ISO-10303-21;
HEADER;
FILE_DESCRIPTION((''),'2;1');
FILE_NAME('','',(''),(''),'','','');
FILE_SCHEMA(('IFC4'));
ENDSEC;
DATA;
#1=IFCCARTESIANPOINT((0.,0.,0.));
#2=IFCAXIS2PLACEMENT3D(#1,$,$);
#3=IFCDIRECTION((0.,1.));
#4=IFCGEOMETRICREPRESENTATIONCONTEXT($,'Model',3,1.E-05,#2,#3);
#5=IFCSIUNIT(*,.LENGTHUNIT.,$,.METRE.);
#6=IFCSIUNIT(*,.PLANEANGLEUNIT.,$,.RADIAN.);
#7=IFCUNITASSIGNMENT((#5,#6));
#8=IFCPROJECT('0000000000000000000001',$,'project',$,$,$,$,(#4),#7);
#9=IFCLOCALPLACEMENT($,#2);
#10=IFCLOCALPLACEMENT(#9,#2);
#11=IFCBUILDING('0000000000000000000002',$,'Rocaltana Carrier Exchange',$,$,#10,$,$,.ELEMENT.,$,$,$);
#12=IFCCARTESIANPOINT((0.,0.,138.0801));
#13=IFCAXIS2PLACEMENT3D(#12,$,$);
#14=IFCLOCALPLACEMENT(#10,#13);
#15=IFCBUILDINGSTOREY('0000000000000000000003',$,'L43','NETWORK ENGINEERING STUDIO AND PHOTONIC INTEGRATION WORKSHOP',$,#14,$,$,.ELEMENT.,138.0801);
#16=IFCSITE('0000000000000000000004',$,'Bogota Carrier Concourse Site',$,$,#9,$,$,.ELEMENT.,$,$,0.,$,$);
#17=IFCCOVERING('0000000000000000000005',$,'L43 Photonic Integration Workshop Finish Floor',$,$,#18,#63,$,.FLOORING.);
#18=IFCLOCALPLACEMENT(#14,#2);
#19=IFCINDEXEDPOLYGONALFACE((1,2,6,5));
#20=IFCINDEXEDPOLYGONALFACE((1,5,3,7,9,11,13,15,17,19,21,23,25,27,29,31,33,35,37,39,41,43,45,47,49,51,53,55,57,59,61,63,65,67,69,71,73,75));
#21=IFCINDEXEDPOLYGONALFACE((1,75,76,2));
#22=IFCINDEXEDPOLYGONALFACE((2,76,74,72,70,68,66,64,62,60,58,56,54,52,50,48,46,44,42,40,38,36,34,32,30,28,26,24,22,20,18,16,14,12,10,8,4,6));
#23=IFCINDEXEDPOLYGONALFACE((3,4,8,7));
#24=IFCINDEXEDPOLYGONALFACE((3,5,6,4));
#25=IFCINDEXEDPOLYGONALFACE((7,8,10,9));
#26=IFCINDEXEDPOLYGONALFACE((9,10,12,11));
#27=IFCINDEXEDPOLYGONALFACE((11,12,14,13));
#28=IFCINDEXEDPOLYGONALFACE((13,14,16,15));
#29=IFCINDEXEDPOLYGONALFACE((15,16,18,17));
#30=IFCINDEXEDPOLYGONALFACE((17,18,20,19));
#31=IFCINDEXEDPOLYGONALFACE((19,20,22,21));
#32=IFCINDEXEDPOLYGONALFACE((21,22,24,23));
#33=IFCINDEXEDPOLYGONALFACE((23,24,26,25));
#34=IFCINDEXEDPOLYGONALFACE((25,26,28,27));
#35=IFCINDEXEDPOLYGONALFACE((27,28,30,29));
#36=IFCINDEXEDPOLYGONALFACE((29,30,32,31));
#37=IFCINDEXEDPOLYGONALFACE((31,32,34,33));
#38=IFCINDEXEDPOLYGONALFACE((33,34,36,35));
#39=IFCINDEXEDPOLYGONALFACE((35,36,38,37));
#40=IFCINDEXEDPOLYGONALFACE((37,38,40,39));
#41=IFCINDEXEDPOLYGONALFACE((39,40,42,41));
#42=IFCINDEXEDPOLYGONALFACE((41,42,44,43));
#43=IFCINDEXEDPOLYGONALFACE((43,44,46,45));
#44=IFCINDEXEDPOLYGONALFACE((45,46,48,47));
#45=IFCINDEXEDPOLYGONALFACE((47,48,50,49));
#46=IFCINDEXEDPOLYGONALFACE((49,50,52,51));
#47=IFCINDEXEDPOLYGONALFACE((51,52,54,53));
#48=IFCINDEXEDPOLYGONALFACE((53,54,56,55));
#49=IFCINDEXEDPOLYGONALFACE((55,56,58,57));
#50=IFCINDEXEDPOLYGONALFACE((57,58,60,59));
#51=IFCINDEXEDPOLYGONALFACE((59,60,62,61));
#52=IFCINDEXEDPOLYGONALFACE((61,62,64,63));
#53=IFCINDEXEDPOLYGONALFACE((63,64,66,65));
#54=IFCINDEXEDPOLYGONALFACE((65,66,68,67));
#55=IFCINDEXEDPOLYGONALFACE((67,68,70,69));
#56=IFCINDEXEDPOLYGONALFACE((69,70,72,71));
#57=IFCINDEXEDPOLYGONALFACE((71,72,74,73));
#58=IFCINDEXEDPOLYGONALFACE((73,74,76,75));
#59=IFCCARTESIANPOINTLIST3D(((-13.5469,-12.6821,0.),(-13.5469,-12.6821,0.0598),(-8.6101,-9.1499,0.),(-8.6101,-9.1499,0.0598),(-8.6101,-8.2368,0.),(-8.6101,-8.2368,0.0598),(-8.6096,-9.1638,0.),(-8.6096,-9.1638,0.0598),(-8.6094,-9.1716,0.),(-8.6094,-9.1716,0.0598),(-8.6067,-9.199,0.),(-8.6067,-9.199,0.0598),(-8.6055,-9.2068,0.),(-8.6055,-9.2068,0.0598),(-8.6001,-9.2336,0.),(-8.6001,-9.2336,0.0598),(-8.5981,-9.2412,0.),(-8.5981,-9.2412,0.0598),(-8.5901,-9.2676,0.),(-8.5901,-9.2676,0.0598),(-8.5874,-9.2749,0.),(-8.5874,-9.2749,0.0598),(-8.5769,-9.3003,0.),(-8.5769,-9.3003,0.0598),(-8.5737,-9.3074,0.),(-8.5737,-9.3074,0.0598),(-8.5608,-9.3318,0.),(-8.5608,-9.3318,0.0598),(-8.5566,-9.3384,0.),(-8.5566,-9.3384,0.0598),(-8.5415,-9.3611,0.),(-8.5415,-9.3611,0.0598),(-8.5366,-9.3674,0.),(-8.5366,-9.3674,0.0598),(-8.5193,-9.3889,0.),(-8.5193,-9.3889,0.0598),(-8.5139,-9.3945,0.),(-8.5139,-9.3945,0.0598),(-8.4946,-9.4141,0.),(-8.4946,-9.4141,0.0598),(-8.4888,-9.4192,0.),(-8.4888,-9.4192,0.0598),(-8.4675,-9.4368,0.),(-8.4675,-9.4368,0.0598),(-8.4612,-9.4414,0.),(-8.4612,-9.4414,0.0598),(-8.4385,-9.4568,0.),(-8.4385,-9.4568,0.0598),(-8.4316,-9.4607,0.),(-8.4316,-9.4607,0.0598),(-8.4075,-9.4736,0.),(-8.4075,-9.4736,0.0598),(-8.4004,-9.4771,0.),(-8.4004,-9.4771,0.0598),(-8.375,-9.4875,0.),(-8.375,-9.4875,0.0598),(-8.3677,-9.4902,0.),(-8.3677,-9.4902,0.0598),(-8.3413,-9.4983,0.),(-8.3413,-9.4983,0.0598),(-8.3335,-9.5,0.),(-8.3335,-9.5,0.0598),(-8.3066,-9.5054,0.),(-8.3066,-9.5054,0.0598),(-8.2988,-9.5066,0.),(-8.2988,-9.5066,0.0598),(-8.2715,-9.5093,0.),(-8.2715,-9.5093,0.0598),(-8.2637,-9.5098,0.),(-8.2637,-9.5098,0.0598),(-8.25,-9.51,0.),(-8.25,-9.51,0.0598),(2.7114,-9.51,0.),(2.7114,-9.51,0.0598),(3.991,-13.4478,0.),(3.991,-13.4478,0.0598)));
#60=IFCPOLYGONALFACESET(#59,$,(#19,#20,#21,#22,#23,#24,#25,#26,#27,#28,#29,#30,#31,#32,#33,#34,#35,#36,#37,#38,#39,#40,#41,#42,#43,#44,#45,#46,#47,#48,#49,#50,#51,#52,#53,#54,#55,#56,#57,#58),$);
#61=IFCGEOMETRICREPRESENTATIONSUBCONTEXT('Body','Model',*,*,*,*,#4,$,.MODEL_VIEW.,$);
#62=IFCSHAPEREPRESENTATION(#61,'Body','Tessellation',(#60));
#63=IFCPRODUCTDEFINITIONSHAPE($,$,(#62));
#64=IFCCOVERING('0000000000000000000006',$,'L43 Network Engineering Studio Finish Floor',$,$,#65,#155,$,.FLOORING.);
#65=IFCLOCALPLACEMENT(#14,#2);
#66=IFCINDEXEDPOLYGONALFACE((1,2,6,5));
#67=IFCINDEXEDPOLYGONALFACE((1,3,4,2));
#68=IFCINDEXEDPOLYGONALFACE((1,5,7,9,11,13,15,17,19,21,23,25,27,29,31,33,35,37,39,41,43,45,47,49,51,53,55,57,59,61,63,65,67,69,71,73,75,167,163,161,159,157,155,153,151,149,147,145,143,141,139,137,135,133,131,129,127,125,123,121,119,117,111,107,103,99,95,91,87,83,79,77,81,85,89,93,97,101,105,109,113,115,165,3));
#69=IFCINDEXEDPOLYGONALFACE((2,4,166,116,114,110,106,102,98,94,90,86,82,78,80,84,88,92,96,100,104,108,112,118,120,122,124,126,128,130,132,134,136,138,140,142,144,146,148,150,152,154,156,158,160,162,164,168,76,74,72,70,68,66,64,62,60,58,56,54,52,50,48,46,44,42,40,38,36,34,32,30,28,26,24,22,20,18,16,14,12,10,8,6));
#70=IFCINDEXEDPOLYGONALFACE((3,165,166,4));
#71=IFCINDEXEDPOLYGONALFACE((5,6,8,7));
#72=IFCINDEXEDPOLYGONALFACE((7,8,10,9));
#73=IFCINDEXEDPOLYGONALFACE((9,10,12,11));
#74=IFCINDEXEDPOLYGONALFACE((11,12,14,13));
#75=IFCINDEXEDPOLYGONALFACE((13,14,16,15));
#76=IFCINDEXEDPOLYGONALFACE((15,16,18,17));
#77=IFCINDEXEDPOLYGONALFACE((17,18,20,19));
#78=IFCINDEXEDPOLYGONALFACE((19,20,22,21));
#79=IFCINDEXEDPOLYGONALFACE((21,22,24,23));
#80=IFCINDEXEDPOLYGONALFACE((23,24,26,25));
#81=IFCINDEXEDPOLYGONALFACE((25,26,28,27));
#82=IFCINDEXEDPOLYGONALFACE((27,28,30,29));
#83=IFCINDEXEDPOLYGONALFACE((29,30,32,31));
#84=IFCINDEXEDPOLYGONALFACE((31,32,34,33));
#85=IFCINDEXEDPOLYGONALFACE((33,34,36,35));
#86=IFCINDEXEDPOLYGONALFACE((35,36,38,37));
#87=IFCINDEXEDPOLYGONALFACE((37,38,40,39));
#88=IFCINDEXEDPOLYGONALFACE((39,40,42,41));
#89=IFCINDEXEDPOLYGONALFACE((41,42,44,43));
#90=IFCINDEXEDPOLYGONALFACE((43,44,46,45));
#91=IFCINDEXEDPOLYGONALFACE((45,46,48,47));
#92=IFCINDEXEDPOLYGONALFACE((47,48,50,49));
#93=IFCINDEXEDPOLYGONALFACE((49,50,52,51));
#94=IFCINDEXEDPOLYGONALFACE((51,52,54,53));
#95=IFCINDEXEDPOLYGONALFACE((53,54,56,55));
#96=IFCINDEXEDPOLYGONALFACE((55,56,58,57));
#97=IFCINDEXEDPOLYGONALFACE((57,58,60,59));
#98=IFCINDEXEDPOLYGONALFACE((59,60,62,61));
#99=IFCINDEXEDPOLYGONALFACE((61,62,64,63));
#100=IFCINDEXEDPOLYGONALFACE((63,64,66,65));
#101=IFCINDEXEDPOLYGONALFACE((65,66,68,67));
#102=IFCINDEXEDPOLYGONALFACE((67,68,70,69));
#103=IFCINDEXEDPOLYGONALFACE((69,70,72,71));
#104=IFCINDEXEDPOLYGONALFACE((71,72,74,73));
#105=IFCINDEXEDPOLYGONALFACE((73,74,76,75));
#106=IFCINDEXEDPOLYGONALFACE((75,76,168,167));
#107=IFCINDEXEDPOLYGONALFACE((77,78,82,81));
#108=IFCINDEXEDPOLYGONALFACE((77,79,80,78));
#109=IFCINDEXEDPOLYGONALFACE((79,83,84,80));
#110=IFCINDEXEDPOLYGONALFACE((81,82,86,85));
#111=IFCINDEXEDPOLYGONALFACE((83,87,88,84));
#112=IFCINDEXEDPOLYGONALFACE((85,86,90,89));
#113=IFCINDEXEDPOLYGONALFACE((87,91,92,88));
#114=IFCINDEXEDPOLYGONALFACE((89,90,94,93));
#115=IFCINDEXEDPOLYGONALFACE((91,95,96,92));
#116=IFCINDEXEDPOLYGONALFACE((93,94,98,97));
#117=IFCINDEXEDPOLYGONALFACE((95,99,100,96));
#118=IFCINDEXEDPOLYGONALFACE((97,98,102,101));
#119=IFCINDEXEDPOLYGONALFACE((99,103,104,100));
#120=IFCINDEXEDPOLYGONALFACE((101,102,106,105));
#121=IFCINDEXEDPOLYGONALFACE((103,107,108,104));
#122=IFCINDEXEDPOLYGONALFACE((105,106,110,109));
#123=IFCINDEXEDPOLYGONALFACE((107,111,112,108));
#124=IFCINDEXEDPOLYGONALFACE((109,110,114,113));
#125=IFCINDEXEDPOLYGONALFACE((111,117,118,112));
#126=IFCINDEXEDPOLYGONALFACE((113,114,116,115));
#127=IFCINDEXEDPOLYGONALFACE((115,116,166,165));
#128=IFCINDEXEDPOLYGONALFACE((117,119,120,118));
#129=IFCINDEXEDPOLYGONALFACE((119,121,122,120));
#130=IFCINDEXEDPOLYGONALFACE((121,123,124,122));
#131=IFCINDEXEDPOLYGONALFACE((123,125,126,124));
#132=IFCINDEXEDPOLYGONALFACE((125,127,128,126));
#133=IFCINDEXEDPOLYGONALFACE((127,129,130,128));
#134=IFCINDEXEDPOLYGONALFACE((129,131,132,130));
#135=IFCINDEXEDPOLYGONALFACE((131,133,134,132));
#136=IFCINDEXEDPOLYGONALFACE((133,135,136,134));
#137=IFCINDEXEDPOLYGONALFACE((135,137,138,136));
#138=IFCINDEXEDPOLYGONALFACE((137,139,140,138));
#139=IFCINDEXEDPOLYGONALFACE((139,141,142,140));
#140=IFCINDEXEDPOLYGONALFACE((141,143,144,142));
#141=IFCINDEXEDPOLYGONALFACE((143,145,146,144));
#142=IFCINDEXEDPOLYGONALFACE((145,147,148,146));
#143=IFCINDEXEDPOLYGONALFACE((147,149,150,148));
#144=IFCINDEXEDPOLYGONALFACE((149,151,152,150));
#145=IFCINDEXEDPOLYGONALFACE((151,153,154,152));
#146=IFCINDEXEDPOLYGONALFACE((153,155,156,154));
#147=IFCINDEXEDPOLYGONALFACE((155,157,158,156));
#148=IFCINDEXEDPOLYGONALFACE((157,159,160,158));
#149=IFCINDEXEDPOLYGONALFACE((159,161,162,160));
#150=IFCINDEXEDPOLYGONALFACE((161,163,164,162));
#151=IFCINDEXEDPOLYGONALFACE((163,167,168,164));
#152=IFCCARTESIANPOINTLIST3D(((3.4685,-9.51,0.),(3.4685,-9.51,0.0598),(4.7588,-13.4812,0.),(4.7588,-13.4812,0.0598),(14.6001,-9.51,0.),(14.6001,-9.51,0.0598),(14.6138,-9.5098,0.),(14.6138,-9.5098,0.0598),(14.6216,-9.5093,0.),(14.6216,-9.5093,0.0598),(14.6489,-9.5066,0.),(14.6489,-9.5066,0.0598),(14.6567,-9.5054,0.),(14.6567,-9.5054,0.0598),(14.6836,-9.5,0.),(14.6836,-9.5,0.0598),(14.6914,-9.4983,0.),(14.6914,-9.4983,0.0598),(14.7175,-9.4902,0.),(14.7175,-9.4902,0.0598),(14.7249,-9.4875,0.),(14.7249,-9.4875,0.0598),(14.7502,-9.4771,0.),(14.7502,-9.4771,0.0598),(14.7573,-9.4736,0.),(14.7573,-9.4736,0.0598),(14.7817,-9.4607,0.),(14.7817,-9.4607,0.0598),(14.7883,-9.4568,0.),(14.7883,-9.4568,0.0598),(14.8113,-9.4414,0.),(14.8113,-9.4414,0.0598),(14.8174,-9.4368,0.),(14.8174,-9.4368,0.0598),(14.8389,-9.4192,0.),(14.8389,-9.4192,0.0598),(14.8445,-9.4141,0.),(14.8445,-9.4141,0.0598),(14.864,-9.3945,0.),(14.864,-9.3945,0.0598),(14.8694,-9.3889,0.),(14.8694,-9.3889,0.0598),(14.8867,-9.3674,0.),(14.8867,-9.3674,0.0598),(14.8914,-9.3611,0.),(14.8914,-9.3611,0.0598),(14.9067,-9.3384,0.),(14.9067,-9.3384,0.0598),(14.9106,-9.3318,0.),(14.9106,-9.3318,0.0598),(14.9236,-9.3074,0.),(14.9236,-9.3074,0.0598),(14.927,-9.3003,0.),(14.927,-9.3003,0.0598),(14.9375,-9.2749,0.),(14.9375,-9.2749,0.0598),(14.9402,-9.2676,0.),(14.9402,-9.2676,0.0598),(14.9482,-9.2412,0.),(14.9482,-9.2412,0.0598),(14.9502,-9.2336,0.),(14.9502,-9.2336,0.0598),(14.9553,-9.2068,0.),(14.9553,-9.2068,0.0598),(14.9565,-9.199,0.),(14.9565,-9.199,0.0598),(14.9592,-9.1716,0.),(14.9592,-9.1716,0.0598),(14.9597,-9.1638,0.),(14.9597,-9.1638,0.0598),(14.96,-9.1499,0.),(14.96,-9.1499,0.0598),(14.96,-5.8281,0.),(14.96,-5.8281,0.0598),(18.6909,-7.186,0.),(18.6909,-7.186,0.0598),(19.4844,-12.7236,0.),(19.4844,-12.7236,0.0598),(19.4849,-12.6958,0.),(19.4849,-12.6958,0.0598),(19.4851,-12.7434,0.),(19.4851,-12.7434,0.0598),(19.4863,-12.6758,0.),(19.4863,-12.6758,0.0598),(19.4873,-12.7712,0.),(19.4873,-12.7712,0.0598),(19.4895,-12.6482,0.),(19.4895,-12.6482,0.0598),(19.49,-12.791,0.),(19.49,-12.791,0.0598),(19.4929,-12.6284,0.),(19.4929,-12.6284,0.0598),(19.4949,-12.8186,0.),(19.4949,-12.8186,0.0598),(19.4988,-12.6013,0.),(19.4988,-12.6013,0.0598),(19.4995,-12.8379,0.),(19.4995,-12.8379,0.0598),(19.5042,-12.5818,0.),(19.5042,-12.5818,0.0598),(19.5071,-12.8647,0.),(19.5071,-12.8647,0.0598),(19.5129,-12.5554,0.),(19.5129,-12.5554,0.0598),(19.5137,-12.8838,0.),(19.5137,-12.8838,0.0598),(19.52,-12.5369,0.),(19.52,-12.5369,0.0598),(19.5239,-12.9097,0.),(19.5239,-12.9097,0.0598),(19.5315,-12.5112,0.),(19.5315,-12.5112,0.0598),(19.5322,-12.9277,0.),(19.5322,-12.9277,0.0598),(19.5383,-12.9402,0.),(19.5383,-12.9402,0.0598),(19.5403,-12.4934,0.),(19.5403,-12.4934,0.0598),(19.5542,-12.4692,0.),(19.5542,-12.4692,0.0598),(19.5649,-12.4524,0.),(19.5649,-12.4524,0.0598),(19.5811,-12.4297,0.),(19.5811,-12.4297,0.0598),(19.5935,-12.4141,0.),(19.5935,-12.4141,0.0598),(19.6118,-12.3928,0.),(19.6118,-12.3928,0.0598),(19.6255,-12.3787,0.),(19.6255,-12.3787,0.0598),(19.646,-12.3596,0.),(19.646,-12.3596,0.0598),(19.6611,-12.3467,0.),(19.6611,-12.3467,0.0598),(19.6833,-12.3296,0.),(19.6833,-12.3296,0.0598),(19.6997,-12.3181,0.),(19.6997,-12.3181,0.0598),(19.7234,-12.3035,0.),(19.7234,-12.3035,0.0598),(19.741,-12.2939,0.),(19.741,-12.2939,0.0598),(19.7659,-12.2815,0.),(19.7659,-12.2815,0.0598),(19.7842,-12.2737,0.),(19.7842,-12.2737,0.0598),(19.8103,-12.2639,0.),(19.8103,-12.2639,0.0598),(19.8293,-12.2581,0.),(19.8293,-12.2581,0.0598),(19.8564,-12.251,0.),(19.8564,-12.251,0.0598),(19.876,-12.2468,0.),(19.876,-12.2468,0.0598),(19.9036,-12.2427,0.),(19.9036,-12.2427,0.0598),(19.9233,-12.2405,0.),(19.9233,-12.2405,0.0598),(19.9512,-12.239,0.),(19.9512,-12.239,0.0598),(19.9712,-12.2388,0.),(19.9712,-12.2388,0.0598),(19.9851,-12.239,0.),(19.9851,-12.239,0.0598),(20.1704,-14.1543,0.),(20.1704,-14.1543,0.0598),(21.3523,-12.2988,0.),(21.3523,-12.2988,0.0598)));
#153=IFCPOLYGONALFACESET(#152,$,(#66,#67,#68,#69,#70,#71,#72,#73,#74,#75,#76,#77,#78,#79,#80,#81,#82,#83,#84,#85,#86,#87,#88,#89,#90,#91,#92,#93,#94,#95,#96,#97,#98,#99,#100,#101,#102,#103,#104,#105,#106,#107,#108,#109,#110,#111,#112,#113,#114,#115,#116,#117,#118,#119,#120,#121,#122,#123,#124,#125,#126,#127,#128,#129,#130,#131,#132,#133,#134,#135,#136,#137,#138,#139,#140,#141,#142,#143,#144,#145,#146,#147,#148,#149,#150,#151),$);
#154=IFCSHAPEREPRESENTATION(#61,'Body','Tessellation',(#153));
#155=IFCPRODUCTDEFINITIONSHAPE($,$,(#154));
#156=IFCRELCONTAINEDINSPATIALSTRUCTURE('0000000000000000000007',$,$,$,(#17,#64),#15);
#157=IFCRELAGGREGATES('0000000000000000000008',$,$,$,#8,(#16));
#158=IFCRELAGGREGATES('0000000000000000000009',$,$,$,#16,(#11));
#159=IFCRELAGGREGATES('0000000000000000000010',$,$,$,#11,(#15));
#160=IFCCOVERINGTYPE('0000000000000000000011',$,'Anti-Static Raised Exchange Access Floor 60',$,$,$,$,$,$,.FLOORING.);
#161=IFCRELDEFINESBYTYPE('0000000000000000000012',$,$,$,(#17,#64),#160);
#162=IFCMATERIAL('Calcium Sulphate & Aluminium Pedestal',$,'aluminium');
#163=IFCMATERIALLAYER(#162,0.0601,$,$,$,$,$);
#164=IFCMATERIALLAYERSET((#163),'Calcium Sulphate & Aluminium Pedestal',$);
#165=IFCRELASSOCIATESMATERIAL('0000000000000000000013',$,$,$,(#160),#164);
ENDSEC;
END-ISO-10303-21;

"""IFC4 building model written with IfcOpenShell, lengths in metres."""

from ifc_helpers import new_model, si_unit, direction, frame, origin, place, context, subcontext, project, spatial, polyline, outline, extrude, material, layer, layer_set, type_object, element, save


model = new_model("IFC4")

# Units and contexts
model_context = context("Model", 3, precision=1e-05, world=origin(), true_north=direction((0.0, 1.0)))
body_context = subcontext(model_context, "Body", "Model", "MODEL_VIEW")
ifc_project = project(units=[si_unit("LENGTHUNIT", "METRE"), si_unit("PLANEANGLEUNIT", "RADIAN")], contexts=[model_context])

# Site, building, storey
site_placement = place(None, origin())
site = spatial("IfcSite", under=ifc_project, at=site_placement, Name="Bogota Carrier Concourse Site", CompositionType="ELEMENT", RefElevation=0.0)
building_placement = place(site_placement, origin())
building = spatial("IfcBuilding", under=site, at=building_placement, Name="Rocaltana Carrier Exchange", CompositionType="ELEMENT")
storey_placement = place(building_placement, frame((0.0, 0.0, 138.0801)))
storey = spatial("IfcBuildingStorey", under=building, at=storey_placement, Name="L43", Description="NETWORK ENGINEERING STUDIO AND PHOTONIC INTEGRATION WORKSHOP", CompositionType="ELEMENT", Elevation=138.0801)

# Coverings
ifc_material_1 = material(Name="Calcium Sulphate & Aluminium Pedestal", Category="aluminium")
ifc_layer_1 = layer(ifc_material_1, 0.0601)
ifc_layer_set_1 = layer_set([ifc_layer_1], Name="Calcium Sulphate & Aluminium Pedestal")
covering_type_1 = type_object("IfcCoveringType", Name="Anti-Static Raised Exchange Access Floor 60", PredefinedType="FLOORING", material=ifc_layer_set_1)
covering_1_placement = place(storey_placement, origin())
element("IfcCovering", 1, at=covering_1_placement, inside=storey, type_object=covering_type_1, Name="L43 Photonic Integration Workshop Finish Floor", PredefinedType="FLOORING", context=body_context, shape_type="SweptSolid", body=[
    extrude(outline(polyline([(-13.5469, -12.6821), (-8.6101, -8.2368), (-8.6101, -9.1499), (-8.6096, -9.1638), (-8.6094, -9.1716), (-8.6067, -9.199), (-8.6055, -9.2068), (-8.6001, -9.2336), (-8.5981, -9.2412), (-8.5901, -9.2676), (-8.5874, -9.2749), (-8.5769, -9.3003), (-8.5737, -9.3074), (-8.5608, -9.3318), (-8.5566, -9.3384), (-8.5415, -9.3611), (-8.5366, -9.3674), (-8.5193, -9.3889), (-8.5139, -9.3945), (-8.4946, -9.4141), (-8.4888, -9.4192), (-8.4675, -9.4368), (-8.4612, -9.4414), (-8.4385, -9.4568), (-8.4316, -9.4607), (-8.4075, -9.4736), (-8.4004, -9.4771), (-8.375, -9.4875), (-8.3677, -9.4902), (-8.3413, -9.4983), (-8.3335, -9.5), (-8.3066, -9.5054), (-8.2988, -9.5066), (-8.2715, -9.5093), (-8.2637, -9.5098), (-8.25, -9.51), (2.7114, -9.51), (3.991, -13.4478), (-13.5469, -12.6821)])), origin(), (0.0, 0.0, 1.0), 0.0598),
])
covering_2_placement = place(storey_placement, origin())
element("IfcCovering", 2, at=covering_2_placement, inside=storey, type_object=covering_type_1, Name="L43 Network Engineering Studio Finish Floor", PredefinedType="FLOORING", context=body_context, shape_type="SweptSolid", body=[
    extrude(outline(polyline([(21.3523, -12.2988), (19.9851, -12.239), (19.9712, -12.2388), (19.9512, -12.239), (19.9233, -12.2405), (19.9036, -12.2427), (19.876, -12.2468), (19.8564, -12.251), (19.8293, -12.2581), (19.8103, -12.2639), (19.7842, -12.2737), (19.7659, -12.2815), (19.741, -12.2939), (19.7234, -12.3035), (19.6997, -12.3181), (19.6833, -12.3296), (19.6611, -12.3467), (19.646, -12.3596), (19.6255, -12.3787), (19.6118, -12.3928), (19.5935, -12.4141), (19.5811, -12.4297), (19.5649, -12.4524), (19.5542, -12.4692), (19.5403, -12.4934), (19.5315, -12.5112), (19.52, -12.5369), (19.5129, -12.5554), (19.5042, -12.5818), (19.4988, -12.6013), (19.4929, -12.6284), (19.4895, -12.6482), (19.4863, -12.6758), (19.4849, -12.6958), (19.4844, -12.7236), (19.4851, -12.7434), (19.4873, -12.7712), (19.49, -12.791), (19.4949, -12.8186), (19.4995, -12.8379), (19.5071, -12.8647), (19.5137, -12.8838), (19.5239, -12.9097), (19.5322, -12.9277), (19.5383, -12.9402), (20.1704, -14.1543), (4.7588, -13.4812), (3.4685, -9.51), (14.6001, -9.51), (14.6138, -9.5098), (14.6216, -9.5093), (14.6489, -9.5066), (14.6567, -9.5054), (14.6836, -9.5), (14.6914, -9.4983), (14.7175, -9.4902), (14.7249, -9.4875), (14.7502, -9.4771), (14.7573, -9.4736), (14.7817, -9.4607), (14.7883, -9.4568), (14.8113, -9.4414), (14.8174, -9.4368), (14.8389, -9.4192), (14.8445, -9.4141), (14.864, -9.3945), (14.8694, -9.3889), (14.8867, -9.3674), (14.8914, -9.3611), (14.9067, -9.3384), (14.9106, -9.3318), (14.9236, -9.3074), (14.927, -9.3003), (14.9375, -9.2749), (14.9402, -9.2676), (14.9482, -9.2412), (14.9502, -9.2336), (14.9553, -9.2068), (14.9565, -9.199), (14.9592, -9.1716), (14.9597, -9.1638), (14.96, -9.1499), (14.96, -5.8281), (18.6909, -7.186), (21.3523, -12.2988)])), origin(), (0.0, 0.0, 1.0), 0.0598),
])

save(model, "model.ifc")
